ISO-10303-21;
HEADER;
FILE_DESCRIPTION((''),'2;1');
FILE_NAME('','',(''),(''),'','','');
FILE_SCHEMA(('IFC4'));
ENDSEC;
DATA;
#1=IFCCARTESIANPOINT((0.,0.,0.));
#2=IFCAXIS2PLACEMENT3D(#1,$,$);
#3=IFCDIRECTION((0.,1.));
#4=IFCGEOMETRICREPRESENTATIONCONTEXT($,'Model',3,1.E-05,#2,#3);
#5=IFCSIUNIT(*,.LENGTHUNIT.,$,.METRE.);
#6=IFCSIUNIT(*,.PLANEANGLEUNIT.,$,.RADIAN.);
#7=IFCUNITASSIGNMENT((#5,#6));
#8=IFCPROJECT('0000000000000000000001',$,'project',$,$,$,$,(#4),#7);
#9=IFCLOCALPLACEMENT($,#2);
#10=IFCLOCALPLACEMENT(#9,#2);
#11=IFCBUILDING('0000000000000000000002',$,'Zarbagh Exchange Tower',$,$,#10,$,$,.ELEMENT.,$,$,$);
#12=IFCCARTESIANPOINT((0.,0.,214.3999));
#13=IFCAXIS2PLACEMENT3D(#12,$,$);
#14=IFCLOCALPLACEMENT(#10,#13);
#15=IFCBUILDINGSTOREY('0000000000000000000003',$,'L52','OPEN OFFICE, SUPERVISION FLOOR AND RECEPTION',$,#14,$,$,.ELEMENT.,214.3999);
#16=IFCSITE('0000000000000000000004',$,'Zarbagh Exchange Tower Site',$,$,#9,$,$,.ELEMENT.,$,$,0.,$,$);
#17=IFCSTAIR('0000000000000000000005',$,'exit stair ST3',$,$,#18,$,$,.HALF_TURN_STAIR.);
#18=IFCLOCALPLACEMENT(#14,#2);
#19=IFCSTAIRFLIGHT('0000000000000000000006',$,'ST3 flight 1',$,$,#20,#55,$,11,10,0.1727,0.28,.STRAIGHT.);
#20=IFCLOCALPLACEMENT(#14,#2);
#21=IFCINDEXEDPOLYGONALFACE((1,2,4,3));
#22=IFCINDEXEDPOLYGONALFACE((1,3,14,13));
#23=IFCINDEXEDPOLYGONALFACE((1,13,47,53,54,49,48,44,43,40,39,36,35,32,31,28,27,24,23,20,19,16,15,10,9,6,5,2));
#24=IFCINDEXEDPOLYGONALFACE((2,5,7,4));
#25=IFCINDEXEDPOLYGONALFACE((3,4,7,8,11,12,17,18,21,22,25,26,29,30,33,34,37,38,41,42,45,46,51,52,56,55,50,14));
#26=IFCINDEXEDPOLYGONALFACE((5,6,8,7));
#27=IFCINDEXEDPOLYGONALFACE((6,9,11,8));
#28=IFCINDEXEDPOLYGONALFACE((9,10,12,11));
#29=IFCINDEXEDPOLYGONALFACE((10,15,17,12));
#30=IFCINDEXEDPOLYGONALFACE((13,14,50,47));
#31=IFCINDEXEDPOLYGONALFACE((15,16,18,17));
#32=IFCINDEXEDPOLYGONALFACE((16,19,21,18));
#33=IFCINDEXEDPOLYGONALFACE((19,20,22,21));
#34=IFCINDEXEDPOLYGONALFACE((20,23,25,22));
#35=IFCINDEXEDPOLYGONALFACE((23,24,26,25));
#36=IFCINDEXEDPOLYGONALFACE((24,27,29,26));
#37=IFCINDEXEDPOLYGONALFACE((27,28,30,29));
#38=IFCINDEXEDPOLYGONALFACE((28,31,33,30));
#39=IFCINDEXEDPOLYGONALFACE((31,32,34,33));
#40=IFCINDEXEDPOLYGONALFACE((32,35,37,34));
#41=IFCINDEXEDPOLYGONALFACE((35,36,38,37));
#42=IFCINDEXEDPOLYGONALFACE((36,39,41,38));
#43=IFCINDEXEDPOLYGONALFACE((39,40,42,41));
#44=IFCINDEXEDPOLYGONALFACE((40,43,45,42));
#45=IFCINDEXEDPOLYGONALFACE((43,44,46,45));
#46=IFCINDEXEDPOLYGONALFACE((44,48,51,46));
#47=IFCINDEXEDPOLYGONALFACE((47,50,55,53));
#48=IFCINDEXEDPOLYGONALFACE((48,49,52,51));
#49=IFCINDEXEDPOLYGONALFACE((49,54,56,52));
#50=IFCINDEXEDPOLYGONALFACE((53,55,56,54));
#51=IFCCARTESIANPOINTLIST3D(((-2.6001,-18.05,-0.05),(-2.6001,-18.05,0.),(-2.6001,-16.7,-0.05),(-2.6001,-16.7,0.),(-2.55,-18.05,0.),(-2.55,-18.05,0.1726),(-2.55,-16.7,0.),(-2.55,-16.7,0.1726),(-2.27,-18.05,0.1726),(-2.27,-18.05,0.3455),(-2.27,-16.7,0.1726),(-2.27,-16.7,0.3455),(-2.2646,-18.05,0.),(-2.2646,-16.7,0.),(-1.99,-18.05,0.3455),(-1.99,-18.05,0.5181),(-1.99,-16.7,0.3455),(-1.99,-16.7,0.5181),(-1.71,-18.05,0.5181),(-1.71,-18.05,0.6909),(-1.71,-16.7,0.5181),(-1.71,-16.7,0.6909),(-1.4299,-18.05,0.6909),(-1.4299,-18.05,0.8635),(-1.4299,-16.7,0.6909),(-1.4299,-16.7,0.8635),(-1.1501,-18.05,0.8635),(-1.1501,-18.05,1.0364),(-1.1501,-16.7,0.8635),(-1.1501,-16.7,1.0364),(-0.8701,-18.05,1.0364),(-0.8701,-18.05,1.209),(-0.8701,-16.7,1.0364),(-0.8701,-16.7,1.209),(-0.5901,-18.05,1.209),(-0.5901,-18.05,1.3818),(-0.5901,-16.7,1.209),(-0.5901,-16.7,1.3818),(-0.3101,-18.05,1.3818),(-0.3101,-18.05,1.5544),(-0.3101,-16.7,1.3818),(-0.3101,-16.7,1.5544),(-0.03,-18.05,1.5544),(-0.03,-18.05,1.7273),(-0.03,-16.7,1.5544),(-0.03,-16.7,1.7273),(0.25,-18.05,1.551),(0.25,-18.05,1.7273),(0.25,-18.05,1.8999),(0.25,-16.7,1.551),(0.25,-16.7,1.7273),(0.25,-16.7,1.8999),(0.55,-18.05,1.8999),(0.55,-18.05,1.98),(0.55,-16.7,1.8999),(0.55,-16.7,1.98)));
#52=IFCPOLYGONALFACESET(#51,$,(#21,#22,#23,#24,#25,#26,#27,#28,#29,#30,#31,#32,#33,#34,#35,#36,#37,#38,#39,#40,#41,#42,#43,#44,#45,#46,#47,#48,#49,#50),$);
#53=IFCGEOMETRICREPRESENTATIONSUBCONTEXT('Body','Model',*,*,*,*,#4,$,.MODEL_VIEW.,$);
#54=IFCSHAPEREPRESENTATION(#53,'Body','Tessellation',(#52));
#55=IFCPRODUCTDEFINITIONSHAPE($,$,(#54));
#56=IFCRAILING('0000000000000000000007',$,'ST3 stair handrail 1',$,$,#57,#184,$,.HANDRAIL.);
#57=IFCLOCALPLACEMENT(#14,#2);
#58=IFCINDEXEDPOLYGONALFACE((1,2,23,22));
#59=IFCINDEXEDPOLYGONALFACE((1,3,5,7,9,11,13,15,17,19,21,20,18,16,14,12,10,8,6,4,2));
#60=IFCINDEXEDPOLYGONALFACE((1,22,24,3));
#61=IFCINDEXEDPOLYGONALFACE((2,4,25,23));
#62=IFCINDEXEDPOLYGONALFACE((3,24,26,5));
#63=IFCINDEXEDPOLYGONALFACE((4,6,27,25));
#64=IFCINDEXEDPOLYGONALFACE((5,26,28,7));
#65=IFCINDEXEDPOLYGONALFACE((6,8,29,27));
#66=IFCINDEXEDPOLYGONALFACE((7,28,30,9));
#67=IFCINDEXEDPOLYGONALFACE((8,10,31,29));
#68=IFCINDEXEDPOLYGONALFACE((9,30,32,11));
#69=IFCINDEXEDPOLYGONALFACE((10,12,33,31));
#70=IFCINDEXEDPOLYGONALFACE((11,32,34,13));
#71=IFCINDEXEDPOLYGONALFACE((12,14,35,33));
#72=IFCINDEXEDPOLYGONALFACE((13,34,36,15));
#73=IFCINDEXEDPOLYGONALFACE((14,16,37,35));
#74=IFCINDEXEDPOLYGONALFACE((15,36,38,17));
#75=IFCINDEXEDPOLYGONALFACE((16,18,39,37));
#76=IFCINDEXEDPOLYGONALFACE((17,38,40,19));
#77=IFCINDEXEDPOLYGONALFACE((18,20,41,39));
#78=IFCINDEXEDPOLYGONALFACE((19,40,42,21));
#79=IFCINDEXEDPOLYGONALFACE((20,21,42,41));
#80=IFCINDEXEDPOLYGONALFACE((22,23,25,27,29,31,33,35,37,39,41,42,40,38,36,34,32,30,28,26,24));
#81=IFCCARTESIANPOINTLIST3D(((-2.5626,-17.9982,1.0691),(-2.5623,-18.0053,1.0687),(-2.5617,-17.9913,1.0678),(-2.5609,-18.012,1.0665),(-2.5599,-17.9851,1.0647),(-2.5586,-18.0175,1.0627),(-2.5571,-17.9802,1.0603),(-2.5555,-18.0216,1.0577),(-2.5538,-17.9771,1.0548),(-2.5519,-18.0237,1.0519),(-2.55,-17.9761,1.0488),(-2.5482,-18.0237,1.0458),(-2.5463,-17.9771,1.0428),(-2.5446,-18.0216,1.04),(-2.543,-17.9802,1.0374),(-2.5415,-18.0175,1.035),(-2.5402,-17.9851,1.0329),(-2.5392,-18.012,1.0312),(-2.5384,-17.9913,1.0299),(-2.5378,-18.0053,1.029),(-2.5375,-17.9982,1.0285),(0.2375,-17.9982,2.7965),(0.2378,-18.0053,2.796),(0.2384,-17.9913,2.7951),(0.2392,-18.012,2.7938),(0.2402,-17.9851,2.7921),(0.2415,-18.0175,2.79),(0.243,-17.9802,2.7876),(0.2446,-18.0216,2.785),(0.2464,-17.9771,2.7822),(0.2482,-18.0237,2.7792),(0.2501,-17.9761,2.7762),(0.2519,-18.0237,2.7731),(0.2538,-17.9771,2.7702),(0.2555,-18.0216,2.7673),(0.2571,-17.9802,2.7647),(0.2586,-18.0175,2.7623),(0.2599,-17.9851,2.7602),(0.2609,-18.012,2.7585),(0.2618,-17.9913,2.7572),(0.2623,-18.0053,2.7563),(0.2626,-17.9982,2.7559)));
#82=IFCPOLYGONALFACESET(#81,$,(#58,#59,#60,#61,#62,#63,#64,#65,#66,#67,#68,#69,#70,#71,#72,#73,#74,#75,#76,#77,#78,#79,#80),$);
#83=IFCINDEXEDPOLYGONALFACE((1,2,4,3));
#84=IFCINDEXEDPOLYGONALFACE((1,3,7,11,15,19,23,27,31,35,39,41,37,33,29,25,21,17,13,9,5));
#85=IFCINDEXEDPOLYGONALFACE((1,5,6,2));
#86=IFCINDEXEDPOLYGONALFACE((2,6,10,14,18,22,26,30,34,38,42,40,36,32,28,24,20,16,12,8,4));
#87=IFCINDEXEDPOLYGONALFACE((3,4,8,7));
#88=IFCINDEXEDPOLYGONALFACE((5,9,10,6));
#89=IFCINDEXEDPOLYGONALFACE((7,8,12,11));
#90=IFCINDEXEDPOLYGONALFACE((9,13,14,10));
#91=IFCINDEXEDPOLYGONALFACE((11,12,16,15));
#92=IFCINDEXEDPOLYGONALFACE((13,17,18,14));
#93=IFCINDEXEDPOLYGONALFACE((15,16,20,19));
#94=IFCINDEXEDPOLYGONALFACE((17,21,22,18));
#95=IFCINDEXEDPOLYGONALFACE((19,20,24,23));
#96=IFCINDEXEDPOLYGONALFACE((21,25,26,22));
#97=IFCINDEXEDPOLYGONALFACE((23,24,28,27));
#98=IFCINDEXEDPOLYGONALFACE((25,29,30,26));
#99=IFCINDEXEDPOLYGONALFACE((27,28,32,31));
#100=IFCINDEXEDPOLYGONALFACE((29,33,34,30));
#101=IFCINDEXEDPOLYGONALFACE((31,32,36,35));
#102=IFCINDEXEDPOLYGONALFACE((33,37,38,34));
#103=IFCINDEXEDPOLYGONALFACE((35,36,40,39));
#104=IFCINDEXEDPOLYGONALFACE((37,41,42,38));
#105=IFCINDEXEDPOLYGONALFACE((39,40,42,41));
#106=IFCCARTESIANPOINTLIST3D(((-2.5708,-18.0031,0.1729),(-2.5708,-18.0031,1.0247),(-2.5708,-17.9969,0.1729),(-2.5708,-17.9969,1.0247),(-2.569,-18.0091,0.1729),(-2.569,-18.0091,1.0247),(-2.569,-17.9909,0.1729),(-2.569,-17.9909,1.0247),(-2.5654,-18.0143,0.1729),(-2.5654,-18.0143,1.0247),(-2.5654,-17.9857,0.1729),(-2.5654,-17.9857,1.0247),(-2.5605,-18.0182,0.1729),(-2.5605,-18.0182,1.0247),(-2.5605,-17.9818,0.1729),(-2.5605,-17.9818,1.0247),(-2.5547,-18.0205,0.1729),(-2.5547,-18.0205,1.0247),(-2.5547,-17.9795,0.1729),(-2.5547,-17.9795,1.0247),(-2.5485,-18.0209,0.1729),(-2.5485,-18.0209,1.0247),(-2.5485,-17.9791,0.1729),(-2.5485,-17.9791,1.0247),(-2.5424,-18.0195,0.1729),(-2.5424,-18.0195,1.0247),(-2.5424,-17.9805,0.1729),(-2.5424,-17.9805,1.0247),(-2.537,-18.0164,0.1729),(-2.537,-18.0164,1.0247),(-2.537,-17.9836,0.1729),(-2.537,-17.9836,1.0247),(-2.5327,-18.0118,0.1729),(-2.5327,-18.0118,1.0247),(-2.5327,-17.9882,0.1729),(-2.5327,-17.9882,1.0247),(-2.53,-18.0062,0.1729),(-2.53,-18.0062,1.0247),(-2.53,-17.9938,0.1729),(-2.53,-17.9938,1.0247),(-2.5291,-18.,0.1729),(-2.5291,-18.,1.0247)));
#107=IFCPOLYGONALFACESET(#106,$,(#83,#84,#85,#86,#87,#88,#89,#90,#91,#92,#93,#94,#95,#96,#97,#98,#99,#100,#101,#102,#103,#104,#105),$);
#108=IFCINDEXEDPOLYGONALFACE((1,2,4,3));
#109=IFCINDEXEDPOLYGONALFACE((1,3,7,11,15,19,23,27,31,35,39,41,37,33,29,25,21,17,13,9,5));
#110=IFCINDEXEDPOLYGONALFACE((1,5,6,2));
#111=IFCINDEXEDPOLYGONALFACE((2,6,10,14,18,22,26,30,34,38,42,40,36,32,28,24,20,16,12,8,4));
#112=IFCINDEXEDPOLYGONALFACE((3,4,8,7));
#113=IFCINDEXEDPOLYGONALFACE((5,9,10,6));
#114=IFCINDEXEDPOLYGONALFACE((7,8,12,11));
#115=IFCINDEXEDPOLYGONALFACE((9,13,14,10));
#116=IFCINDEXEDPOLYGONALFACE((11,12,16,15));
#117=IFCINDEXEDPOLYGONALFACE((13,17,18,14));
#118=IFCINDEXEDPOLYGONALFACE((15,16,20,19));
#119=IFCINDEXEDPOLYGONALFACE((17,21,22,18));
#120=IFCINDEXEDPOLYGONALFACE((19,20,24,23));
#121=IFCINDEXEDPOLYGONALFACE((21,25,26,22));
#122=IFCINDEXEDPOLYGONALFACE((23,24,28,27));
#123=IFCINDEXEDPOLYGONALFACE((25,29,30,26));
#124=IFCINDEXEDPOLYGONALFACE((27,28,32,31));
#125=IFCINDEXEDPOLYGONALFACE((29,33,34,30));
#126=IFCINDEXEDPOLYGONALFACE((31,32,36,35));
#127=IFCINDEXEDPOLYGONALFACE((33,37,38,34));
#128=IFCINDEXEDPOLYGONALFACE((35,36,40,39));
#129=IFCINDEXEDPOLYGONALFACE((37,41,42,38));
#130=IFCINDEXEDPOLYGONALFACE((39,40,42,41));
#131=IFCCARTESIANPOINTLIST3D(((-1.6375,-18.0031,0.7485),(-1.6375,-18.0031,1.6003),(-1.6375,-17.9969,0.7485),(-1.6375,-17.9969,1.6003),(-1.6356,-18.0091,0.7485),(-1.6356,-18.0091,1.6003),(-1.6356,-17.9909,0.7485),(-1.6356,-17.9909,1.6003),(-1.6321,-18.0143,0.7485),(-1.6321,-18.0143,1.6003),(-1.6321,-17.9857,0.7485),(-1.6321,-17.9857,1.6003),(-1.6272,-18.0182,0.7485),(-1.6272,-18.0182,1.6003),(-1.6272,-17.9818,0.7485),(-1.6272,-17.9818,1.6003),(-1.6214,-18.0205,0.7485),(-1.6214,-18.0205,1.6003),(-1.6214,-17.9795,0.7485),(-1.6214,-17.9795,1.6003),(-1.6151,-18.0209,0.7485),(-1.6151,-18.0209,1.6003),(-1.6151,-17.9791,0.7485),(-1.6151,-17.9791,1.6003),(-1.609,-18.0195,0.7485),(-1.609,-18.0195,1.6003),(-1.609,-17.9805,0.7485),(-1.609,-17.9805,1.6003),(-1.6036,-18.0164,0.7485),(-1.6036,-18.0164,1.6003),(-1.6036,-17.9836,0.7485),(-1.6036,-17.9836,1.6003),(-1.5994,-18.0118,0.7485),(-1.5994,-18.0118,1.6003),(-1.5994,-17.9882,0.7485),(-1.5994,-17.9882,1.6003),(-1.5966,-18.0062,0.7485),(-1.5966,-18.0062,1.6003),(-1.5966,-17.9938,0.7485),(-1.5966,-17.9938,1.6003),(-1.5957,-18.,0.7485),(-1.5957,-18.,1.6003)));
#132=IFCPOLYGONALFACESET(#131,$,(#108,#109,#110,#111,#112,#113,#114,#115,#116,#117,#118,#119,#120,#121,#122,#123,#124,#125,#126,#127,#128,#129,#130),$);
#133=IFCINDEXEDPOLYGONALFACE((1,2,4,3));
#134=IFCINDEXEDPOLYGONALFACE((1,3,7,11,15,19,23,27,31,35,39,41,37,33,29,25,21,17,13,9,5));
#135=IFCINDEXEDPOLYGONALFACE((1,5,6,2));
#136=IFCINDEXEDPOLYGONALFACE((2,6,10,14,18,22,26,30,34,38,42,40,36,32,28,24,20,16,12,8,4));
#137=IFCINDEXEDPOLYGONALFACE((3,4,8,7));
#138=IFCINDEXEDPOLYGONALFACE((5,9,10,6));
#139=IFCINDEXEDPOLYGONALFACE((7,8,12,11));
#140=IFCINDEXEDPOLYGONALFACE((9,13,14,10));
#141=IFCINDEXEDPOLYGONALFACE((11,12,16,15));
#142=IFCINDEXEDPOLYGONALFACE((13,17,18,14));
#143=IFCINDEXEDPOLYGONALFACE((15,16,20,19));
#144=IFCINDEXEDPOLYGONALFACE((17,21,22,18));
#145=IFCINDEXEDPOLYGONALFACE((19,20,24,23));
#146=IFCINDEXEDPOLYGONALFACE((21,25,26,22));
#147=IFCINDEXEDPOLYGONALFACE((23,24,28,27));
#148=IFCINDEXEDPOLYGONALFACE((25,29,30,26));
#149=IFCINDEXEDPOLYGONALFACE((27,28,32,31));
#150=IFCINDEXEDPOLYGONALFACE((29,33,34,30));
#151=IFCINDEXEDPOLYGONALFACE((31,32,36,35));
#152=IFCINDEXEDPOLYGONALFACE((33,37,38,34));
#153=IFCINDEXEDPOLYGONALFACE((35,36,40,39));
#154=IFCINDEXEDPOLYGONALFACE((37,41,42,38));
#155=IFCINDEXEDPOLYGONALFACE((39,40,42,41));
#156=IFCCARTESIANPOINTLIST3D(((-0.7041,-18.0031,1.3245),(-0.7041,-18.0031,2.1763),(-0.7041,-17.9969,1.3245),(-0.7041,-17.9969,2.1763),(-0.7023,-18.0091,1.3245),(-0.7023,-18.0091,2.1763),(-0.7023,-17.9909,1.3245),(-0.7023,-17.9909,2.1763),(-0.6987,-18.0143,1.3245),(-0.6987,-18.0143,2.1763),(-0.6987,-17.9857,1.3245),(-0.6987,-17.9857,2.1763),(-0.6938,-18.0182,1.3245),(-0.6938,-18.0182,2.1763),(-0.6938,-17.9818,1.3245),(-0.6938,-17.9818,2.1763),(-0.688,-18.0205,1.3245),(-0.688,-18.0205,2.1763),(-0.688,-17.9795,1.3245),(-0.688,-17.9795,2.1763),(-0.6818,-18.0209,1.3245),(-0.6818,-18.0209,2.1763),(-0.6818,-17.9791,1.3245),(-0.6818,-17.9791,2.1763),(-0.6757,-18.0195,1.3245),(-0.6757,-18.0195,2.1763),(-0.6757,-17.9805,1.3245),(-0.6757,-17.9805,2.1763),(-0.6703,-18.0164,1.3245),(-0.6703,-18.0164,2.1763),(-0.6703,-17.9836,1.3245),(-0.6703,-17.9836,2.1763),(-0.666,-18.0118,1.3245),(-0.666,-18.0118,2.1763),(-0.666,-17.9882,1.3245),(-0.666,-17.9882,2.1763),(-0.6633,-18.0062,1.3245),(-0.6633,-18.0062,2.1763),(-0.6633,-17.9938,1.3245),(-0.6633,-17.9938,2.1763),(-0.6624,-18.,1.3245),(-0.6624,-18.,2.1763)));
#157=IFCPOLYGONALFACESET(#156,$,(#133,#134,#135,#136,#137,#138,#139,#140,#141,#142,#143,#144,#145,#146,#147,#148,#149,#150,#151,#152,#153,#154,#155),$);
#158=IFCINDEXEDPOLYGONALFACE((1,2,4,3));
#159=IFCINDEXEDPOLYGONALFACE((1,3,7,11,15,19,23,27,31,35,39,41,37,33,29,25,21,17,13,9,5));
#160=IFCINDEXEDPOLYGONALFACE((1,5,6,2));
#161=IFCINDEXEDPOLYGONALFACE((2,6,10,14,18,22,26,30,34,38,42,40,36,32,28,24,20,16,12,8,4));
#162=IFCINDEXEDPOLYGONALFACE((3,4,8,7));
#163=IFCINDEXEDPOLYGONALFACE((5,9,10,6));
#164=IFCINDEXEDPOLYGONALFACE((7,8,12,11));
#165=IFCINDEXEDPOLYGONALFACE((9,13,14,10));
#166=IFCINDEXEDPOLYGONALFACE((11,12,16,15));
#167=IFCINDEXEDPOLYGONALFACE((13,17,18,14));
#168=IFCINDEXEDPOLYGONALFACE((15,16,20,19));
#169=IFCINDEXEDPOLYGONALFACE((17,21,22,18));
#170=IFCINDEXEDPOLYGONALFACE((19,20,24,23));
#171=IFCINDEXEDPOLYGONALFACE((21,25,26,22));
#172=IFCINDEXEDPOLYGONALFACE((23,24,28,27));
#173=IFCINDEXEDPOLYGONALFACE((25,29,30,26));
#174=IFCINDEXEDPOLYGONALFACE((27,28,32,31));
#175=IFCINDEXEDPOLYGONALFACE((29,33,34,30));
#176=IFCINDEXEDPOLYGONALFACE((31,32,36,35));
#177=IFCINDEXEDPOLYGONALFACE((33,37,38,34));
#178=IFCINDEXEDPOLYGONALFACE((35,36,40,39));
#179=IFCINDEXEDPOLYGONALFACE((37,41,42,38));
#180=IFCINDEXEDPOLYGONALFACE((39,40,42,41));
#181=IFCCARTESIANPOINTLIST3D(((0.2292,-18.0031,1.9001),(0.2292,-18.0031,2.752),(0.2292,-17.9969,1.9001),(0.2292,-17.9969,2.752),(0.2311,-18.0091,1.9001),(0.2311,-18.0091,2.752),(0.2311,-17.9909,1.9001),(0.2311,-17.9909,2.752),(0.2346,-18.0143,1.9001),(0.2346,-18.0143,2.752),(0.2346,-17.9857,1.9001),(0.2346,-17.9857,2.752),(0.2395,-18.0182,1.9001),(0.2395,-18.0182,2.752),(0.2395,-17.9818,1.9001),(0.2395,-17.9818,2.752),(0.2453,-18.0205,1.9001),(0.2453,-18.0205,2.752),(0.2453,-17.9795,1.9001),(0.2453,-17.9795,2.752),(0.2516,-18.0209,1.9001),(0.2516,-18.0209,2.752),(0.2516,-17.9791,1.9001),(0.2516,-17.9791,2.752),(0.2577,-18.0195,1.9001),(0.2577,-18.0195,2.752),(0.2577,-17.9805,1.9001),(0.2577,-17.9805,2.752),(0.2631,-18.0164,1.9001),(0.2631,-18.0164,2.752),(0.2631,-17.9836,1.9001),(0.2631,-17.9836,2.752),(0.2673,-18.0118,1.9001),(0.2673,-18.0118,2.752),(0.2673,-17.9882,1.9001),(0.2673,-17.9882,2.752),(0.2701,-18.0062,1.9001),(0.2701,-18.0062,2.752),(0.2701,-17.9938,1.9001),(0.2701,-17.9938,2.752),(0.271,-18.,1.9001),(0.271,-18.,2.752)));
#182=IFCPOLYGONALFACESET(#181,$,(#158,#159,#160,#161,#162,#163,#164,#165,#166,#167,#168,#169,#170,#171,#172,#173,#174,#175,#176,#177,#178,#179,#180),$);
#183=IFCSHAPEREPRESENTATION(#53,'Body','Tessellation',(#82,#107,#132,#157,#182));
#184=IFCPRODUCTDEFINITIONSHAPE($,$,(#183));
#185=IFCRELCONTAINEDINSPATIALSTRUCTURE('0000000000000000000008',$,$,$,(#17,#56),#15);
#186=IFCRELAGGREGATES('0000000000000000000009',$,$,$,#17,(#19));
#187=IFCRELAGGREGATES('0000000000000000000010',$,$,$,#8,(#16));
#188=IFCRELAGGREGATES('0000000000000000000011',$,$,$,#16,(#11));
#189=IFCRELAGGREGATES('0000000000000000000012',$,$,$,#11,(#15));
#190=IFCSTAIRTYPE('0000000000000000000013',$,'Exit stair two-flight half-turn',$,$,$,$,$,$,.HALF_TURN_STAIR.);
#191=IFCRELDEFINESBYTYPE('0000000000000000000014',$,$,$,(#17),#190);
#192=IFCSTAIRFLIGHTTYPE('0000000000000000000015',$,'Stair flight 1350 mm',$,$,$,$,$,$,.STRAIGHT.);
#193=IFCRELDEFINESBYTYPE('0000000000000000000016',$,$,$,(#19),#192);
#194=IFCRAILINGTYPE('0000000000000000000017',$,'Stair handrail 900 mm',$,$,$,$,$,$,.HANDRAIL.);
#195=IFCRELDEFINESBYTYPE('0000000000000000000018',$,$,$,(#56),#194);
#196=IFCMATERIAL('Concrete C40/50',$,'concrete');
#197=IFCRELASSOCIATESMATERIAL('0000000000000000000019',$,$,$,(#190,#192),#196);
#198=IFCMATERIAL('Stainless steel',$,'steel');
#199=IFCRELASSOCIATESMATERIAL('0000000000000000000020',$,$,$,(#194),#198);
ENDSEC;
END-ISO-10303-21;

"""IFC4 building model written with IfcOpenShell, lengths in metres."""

from ifc_helpers import new_model, si_unit, direction, frame, origin, origin_2d, place, context, subcontext, project, spatial, polyline, circle, outline, extrude, material, type_object, element, aggregate, save


model = new_model("IFC4")

# Units and contexts
model_context = context("Model", 3, precision=1e-05, world=origin(), true_north=direction((0.0, 1.0)))
body_context = subcontext(model_context, "Body", "Model", "MODEL_VIEW")
ifc_project = project(units=[si_unit("LENGTHUNIT", "METRE"), si_unit("PLANEANGLEUNIT", "RADIAN")], contexts=[model_context])

# Site, building, storey
site_placement = place(None, origin())
site = spatial("IfcSite", under=ifc_project, at=site_placement, Name="Zarbagh Exchange Tower Site", CompositionType="ELEMENT", RefElevation=0.0)
building_placement = place(site_placement, origin())
building = spatial("IfcBuilding", under=site, at=building_placement, Name="Zarbagh Exchange Tower", CompositionType="ELEMENT")
storey_placement = place(building_placement, frame((0.0, 0.0, 214.3999)))
storey = spatial("IfcBuildingStorey", under=building, at=storey_placement, Name="L52", Description="OPEN OFFICE, SUPERVISION FLOOR AND RECEPTION", CompositionType="ELEMENT", Elevation=214.3999)

# Stair, stair flight
ifc_material_1 = material(Name="Concrete C40/50", Category="concrete")
stair_type = type_object("IfcStairType", Name="Exit stair two-flight half-turn", PredefinedType="HALF_TURN_STAIR", material=ifc_material_1)
stair_placement = place(storey_placement, origin())
stair = element("IfcStair", 1, at=stair_placement, inside=storey, type_object=stair_type, Name="exit stair ST3", PredefinedType="HALF_TURN_STAIR")
stair_flight_type = type_object("IfcStairFlightType", Name="Stair flight 1350 mm", PredefinedType="STRAIGHT", material=ifc_material_1)
stair_flight_placement = place(storey_placement, frame((-2.55, -17.375, 0.0), z_axis=(0.0, 0.0, 1.0), x_axis=(1.0, 0.0, 0.0)))
stair_flight = element("IfcStairFlight", 2, at=stair_flight_placement, type_object=stair_flight_type, Name="ST3 flight 1", NumberOfRisers=11, NumberOfTreads=10, PredefinedType="STRAIGHT", RiserHeight=0.1727, TreadLength=0.28, context=body_context, shape_type="SweptSolid", body=[
    extrude(outline(polyline([(-0.05, -0.05), (-0.05, 0.0), (0.0, 0.0), (0.0, 0.1726), (0.28, 0.1726), (0.28, 0.3455), (0.5601, 0.3455), (0.5601, 0.5181), (0.8401, 0.5181), (0.8401, 0.6909), (1.1201, 0.6909), (1.1201, 0.8635), (1.3999, 0.8635), (1.3999, 1.0364), (1.6799, 1.0364), (1.6799, 1.209), (1.96, 1.209), (1.96, 1.3818), (2.24, 1.3818), (2.24, 1.5544), (2.52, 1.5544), (2.52, 1.7273), (2.8, 1.7273), (2.8, 1.8999), (3.1001, 1.98), (3.1001, 1.8999), (2.8, 1.551), (0.2854, 0.0), (-0.05, -0.05)])), frame((0.0, 0.675, 0.0), z_axis=(0.0, -1.0, 0.0), x_axis=(1.0, 0.0, 0.0)), (0.0, 0.0, 1.0), 1.3501),
])
aggregate(stair, [stair_flight])

# Railing
ifc_material_2 = material(Name="Stainless steel", Category="steel")
railing_type_1 = type_object("IfcRailingType", Name="Stair handrail 900 mm", PredefinedType="HANDRAIL", material=ifc_material_2)
railing_1_placement = place(storey_placement, frame((-2.55, -18.0, 0.1729)))
element("IfcRailing", 3, at=railing_1_placement, inside=storey, type_object=railing_type_1, Name="ST3 stair handrail 1", PredefinedType="HANDRAIL", context=body_context, shape_type="SweptSolid", body=[
    extrude(circle(Radius=0.0239, at=origin_2d()), frame((0.0, 0.0, 0.876), z_axis=(0.85109, 0.0, 0.52502), x_axis=(0.0, 1.0, 0.0)), (0.0, 0.0, 1.0), 3.29),
    extrude(circle(Radius=0.021, at=origin_2d()), origin(), (0.0, 0.0, 1.0), 0.8518),
    extrude(circle(Radius=0.021, at=origin_2d()), frame((0.9333, 0.0, 0.5757)), (0.0, 0.0, 1.0), 0.8518),
    extrude(circle(Radius=0.021, at=origin_2d()), frame((1.8667, 0.0, 1.1516)), (0.0, 0.0, 1.0), 0.8518),
    extrude(circle(Radius=0.021, at=origin_2d()), frame((2.8, 0.0, 1.7273)), (0.0, 0.0, 1.0), 0.8518),
])

save(model, "model.ifc")
